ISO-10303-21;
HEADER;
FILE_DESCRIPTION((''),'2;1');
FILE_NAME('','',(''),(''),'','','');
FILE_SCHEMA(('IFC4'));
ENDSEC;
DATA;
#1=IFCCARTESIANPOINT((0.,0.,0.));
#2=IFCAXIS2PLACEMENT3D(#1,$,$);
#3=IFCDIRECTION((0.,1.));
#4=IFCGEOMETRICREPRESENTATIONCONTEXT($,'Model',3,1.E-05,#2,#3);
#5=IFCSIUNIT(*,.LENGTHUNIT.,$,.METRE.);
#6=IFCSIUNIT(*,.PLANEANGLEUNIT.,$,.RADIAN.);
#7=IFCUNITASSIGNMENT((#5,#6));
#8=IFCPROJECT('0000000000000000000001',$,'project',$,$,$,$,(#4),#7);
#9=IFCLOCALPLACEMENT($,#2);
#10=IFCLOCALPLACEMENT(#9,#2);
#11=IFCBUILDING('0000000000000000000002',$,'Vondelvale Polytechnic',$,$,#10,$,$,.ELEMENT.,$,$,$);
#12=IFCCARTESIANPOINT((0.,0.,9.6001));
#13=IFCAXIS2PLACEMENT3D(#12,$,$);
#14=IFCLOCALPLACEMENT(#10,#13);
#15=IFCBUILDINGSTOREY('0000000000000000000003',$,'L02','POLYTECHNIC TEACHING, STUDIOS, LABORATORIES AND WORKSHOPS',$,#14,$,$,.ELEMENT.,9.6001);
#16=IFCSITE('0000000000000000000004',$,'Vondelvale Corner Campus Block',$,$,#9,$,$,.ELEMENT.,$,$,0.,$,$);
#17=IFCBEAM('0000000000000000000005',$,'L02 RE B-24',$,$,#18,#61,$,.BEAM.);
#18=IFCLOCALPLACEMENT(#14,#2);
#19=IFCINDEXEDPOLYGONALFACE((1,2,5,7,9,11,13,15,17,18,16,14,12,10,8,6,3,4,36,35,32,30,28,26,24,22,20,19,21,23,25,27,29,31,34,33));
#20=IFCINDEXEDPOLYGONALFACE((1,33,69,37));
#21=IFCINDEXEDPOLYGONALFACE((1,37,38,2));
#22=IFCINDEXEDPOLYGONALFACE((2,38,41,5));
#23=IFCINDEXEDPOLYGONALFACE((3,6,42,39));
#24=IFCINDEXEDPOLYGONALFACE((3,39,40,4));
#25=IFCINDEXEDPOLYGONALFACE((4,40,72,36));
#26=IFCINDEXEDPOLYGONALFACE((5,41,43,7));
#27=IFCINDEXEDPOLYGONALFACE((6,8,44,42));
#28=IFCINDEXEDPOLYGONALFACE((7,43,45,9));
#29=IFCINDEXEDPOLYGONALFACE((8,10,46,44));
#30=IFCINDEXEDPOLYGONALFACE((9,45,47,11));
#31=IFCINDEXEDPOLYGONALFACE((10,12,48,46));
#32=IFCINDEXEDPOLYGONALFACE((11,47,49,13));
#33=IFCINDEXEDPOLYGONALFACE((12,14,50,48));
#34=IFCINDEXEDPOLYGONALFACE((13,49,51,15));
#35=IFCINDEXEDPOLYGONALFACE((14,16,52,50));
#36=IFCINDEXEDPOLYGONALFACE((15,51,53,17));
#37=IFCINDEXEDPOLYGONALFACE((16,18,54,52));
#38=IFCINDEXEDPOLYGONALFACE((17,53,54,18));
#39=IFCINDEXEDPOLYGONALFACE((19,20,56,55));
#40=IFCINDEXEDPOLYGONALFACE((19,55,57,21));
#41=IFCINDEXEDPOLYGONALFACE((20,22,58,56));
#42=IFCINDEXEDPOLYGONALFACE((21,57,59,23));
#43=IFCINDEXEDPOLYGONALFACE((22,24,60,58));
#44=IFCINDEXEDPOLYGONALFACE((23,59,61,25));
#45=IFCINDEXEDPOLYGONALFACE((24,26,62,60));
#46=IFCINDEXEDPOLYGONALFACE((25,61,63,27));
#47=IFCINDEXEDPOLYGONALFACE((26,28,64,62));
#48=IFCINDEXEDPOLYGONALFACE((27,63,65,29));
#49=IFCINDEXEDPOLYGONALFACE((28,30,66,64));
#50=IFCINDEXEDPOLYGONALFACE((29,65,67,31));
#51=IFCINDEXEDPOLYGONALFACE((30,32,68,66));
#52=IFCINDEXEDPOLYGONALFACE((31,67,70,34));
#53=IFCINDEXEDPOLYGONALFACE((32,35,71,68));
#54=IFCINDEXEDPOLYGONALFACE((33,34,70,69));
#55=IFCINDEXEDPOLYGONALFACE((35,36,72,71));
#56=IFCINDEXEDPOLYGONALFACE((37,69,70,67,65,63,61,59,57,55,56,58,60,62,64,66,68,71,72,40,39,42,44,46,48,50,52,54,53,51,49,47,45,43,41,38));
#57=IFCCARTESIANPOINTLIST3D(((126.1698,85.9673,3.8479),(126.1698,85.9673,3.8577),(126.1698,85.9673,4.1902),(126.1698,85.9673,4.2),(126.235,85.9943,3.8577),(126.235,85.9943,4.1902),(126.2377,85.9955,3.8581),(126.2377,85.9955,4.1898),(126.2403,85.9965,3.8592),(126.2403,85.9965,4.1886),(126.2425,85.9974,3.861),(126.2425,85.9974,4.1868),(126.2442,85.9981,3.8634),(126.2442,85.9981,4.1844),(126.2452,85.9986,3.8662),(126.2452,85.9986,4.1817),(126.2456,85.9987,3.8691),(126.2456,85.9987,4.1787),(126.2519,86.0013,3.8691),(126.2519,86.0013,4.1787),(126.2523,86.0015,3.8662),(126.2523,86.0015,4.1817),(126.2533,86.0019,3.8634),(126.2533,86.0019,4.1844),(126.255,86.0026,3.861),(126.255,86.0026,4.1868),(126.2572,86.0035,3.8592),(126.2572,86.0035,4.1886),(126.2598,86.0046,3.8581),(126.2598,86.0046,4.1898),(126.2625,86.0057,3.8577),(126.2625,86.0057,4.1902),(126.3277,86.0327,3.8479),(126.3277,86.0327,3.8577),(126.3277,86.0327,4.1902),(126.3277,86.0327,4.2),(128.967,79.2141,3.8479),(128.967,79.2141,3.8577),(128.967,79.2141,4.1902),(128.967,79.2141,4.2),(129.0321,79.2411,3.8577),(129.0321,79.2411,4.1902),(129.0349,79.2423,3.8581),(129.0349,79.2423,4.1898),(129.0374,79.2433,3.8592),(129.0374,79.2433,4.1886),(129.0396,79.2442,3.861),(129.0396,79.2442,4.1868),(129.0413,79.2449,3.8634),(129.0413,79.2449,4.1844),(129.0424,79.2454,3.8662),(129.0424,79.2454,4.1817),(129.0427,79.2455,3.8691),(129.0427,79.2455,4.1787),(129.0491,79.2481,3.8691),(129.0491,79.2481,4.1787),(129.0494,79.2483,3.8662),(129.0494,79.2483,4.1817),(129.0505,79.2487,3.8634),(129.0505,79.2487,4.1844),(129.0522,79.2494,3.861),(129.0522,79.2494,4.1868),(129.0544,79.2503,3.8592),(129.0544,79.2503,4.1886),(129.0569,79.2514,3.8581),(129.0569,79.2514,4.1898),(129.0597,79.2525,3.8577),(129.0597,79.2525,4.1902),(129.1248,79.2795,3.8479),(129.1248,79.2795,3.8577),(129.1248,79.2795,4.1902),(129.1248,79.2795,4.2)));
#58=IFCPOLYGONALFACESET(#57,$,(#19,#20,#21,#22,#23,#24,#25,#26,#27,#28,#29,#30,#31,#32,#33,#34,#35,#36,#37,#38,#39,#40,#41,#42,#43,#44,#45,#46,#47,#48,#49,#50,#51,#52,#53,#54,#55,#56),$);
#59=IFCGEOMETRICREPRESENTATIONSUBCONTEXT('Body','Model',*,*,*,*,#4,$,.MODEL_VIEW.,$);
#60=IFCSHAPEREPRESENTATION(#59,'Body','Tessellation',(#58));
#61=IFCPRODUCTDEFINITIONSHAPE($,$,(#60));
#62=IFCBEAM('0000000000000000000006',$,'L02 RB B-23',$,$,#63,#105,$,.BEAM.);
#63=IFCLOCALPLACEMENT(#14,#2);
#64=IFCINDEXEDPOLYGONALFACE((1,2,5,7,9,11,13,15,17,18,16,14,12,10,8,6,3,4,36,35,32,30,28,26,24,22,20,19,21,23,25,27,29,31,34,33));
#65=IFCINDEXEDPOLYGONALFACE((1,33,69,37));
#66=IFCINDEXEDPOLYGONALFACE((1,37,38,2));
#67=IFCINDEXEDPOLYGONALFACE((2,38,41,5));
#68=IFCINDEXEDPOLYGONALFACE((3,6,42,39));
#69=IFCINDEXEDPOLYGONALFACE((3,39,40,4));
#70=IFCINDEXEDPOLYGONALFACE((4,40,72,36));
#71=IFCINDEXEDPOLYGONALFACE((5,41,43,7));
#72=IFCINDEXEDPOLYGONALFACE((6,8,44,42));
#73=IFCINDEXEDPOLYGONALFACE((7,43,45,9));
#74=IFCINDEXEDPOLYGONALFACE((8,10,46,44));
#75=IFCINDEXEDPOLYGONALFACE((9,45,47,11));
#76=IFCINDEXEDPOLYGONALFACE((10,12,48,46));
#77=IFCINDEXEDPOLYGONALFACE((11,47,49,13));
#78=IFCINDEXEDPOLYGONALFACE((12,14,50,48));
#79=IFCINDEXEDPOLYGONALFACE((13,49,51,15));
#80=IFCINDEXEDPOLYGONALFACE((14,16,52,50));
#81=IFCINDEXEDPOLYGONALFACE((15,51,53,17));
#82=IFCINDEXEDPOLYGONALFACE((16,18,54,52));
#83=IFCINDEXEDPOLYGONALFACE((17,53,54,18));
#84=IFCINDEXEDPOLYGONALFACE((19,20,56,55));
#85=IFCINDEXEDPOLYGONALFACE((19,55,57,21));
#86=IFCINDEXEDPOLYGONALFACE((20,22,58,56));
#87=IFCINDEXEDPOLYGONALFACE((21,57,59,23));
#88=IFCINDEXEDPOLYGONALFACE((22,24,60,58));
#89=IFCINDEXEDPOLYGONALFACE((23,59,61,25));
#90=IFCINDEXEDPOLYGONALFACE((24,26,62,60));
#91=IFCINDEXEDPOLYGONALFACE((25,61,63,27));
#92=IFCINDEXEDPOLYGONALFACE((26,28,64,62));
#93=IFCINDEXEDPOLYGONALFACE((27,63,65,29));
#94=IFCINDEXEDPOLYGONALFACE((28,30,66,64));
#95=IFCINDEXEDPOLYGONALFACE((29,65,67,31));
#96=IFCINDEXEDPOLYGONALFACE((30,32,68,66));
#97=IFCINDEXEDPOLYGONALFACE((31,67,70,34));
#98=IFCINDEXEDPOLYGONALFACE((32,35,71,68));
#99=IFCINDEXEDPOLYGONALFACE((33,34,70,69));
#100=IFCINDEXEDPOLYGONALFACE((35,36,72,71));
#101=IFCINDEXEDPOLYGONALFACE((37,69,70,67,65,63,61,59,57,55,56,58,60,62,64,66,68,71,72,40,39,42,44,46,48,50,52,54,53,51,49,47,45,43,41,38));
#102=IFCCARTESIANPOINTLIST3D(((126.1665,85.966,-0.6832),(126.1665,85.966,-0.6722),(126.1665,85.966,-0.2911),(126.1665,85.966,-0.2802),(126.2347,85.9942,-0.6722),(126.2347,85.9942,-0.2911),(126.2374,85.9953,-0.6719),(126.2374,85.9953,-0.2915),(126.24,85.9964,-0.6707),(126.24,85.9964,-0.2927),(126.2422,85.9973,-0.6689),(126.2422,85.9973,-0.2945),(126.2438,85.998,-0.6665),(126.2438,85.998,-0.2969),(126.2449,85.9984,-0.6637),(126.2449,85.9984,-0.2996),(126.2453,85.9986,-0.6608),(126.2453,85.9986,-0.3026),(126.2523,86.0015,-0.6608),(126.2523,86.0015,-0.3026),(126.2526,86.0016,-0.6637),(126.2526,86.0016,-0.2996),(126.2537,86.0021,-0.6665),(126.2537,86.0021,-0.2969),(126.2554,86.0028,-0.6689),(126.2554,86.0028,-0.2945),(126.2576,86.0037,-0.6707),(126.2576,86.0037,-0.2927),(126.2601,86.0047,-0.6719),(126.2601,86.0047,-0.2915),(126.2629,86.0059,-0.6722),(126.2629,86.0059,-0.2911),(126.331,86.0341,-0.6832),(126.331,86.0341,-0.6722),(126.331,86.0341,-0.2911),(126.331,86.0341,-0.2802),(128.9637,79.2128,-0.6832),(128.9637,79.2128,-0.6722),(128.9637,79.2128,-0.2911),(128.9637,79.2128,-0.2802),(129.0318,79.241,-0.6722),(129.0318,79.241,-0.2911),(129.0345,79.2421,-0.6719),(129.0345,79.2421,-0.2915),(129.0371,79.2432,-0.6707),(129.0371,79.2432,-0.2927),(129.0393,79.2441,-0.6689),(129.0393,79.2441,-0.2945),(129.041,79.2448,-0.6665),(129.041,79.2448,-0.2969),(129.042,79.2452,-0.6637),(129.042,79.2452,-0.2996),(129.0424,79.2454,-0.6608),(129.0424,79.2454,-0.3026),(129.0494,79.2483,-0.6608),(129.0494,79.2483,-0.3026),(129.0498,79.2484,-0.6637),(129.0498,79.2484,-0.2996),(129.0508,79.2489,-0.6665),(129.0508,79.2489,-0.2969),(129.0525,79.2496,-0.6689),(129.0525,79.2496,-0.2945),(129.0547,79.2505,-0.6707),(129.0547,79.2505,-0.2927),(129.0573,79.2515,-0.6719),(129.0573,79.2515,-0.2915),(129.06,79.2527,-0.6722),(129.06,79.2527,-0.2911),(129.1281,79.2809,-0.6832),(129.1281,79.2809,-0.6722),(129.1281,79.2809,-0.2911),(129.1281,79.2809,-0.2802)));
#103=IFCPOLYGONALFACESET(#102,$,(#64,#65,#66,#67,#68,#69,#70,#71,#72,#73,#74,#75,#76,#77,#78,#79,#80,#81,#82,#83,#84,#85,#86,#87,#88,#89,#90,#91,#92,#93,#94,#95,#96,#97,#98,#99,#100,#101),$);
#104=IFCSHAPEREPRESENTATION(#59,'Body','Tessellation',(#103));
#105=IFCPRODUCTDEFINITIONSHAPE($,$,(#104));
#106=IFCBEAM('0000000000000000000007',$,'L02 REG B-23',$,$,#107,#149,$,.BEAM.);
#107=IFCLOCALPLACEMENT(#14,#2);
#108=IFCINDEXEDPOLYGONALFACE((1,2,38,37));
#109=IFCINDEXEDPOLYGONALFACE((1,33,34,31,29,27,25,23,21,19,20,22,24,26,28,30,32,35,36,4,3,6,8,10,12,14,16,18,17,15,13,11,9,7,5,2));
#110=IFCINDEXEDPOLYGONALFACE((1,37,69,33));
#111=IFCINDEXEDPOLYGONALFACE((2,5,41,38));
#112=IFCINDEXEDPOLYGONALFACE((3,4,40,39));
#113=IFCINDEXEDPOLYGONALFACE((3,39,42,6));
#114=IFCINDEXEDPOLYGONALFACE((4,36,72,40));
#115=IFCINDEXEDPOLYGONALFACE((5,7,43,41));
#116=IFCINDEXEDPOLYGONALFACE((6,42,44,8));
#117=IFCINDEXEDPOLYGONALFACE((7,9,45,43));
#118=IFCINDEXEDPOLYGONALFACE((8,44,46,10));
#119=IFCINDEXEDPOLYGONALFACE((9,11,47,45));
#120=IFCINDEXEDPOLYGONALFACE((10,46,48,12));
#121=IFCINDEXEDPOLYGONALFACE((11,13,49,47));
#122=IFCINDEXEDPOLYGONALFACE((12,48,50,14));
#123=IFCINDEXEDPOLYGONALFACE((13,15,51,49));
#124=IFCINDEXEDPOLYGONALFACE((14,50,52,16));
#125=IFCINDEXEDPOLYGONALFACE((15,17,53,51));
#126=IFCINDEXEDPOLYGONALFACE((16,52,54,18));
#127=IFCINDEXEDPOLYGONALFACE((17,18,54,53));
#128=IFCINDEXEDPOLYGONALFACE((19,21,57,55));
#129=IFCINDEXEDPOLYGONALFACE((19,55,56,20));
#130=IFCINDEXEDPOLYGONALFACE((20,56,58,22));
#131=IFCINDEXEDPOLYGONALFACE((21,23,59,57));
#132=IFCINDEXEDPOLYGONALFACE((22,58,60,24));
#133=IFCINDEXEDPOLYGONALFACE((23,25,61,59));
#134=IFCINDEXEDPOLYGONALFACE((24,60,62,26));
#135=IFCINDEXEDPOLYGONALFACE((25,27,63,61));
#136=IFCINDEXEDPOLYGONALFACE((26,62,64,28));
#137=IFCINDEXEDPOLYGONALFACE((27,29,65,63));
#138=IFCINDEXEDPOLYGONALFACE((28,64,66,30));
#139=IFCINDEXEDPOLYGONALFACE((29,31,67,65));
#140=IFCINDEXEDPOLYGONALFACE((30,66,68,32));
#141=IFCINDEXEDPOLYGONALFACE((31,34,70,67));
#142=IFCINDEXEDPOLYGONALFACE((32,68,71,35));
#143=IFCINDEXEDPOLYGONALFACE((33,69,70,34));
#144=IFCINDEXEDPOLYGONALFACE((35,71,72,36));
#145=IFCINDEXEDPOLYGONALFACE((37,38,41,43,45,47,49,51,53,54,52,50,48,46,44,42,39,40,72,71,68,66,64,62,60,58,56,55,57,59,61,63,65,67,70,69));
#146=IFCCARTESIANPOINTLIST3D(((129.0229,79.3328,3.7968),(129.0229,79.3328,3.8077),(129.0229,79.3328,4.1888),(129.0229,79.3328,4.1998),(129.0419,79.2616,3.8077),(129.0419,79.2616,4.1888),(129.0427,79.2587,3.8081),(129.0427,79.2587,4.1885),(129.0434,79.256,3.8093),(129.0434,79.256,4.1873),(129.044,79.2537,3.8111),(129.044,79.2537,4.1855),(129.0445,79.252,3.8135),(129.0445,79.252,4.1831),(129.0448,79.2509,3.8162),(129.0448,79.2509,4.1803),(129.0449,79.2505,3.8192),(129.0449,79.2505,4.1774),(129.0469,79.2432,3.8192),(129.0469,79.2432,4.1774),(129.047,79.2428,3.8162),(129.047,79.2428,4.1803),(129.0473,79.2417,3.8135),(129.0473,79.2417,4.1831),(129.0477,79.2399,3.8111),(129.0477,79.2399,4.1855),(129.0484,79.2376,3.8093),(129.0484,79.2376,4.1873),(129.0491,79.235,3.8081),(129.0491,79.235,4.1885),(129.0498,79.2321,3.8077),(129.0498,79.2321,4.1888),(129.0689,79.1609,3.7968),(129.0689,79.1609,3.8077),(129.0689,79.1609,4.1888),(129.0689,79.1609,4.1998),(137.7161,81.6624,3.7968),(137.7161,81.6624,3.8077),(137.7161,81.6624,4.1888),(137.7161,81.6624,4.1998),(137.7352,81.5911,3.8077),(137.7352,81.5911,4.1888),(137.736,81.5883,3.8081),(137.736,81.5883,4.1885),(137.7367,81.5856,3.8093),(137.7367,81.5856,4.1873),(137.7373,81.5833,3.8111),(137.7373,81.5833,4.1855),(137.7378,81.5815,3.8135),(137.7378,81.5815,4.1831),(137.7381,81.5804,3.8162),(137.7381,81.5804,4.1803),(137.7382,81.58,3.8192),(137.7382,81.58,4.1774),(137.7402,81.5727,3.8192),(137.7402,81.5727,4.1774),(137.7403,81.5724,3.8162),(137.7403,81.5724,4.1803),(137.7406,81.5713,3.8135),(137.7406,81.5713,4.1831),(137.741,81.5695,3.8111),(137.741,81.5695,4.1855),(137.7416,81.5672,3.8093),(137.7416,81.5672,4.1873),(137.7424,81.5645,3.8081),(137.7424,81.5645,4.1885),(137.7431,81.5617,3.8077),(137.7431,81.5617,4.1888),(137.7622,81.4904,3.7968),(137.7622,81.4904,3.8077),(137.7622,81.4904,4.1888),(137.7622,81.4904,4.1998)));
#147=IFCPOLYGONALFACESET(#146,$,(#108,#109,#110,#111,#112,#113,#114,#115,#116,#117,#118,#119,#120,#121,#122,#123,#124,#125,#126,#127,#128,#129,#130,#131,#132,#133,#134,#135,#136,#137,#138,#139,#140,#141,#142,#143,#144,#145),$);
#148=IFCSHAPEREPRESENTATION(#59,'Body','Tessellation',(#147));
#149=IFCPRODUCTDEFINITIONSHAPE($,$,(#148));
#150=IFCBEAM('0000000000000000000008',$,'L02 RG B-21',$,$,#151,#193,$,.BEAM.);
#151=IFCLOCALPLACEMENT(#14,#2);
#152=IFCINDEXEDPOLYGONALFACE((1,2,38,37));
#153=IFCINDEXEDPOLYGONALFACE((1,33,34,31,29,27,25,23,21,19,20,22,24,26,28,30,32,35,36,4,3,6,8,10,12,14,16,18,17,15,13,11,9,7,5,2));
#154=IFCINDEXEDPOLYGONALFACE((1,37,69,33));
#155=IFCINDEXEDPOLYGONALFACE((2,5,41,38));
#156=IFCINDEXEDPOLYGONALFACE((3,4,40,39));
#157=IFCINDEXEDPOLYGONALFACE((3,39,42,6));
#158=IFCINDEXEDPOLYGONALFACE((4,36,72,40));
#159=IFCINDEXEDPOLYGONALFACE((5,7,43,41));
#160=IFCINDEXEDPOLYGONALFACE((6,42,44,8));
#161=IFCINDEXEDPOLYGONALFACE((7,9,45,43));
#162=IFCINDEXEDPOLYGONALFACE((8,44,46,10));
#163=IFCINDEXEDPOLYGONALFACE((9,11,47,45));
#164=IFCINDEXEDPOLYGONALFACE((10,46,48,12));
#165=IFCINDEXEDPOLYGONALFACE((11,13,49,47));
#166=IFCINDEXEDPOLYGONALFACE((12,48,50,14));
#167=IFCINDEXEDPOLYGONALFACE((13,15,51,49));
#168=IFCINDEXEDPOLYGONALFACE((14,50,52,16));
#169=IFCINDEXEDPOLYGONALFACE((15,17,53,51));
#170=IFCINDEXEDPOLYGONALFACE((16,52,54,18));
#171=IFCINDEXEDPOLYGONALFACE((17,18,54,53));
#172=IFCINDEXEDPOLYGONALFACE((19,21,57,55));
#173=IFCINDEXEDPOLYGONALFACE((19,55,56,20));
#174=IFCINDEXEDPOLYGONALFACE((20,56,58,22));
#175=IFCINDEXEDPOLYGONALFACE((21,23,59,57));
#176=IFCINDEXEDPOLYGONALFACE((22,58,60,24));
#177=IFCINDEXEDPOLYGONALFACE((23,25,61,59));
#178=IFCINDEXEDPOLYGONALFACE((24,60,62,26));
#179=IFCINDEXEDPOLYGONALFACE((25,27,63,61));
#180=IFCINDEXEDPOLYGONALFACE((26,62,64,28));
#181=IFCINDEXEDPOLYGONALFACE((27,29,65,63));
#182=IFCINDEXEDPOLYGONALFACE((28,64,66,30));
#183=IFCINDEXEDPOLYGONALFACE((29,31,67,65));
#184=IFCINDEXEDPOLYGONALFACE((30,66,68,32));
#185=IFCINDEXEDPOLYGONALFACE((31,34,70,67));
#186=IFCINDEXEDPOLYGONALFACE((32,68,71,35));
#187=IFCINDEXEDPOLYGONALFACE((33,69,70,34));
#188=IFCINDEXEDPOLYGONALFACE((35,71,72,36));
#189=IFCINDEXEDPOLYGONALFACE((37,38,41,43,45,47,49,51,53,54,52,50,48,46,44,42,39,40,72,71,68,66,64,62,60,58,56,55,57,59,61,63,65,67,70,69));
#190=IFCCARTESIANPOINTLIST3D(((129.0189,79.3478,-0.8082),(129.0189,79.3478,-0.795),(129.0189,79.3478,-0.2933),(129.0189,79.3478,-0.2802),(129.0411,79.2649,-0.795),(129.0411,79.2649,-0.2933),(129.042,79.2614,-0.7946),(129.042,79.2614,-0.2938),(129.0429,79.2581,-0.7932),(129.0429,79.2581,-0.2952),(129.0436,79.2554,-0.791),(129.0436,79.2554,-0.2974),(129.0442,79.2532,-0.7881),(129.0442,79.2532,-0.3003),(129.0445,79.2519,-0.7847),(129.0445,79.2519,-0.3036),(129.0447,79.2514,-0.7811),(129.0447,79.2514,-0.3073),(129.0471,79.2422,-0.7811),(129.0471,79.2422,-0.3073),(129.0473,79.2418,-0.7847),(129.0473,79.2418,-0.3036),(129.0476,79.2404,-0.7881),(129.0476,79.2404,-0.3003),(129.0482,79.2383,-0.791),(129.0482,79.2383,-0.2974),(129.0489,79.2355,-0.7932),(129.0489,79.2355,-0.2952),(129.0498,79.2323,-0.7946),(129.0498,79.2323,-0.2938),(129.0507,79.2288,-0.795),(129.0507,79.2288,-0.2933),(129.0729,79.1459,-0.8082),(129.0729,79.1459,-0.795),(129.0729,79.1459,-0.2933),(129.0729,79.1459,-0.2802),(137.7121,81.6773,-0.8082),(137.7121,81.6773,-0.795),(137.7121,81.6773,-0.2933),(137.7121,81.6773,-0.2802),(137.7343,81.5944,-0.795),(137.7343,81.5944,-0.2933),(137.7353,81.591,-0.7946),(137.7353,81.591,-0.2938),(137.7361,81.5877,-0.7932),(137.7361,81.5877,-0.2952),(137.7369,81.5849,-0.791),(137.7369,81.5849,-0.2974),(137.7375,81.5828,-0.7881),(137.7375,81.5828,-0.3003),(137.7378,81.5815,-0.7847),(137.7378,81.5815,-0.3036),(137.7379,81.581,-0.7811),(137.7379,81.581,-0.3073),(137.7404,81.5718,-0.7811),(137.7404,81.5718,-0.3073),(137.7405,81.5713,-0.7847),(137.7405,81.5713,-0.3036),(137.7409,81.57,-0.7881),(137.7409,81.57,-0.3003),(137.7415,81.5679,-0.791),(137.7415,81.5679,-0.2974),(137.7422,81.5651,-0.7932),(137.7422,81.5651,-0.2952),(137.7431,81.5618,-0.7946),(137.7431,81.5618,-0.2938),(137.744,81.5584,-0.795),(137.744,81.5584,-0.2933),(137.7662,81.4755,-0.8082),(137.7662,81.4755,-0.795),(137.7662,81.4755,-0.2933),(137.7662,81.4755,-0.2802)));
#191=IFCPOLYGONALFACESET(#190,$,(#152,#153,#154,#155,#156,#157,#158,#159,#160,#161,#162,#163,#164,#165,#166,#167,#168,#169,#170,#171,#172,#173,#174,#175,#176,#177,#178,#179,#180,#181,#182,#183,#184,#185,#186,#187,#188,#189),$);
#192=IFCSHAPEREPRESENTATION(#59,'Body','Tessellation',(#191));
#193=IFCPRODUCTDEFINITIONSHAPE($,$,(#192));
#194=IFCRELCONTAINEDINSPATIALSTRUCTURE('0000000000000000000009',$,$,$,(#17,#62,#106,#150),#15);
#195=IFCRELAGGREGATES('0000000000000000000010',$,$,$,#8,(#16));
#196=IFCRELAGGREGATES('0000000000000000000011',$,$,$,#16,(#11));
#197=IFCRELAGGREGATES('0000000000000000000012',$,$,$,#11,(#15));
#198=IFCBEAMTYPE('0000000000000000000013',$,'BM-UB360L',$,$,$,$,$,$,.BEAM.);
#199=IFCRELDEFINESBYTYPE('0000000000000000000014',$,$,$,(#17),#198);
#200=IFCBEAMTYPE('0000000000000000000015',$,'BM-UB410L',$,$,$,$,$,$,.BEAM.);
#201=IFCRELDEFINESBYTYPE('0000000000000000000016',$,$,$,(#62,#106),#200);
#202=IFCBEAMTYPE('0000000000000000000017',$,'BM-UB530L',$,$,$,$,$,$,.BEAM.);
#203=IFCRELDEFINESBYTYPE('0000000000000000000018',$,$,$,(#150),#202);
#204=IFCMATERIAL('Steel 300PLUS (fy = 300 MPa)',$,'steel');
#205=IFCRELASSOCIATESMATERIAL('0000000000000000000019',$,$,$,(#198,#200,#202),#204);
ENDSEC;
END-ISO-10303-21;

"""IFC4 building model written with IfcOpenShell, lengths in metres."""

from ifc_helpers import new_model, si_unit, direction, frame, origin, origin_2d, place, context, subcontext, project, spatial, i_section, extrude, material, material_profile, profile_set, type_object, element, save


model = new_model("IFC4")

# Units and contexts
model_context = context("Model", 3, precision=1e-05, world=origin(), true_north=direction((0.0, 1.0)))
body_context = subcontext(model_context, "Body", "Model", "MODEL_VIEW")
ifc_project = project(units=[si_unit("LENGTHUNIT", "METRE"), si_unit("PLANEANGLEUNIT", "RADIAN")], contexts=[model_context])

# Site, building, storey
site_placement = place(None, origin())
site = spatial("IfcSite", under=ifc_project, at=site_placement, Name="Vondelvale Corner Campus Block", CompositionType="ELEMENT", RefElevation=0.0)
building_placement = place(site_placement, origin())
building = spatial("IfcBuilding", under=site, at=building_placement, Name="Vondelvale Polytechnic", CompositionType="ELEMENT")
storey_placement = place(building_placement, frame((0.0, 0.0, 9.6001)))
storey = spatial("IfcBuildingStorey", under=building, at=storey_placement, Name="L02", Description="POLYTECHNIC TEACHING, STUDIOS, LABORATORIES AND WORKSHOPS", CompositionType="ELEMENT", Elevation=9.6001)

# Beams
ifc_material_1 = material(Name="Steel 300PLUS (fy = 300 MPa)", Category="steel")
ifc_material_profile_1 = material_profile(ifc_material_1, i_section(OverallWidth=0.1709, OverallDepth=0.3521, WebThickness=0.0068, FlangeThickness=0.0098, FilletRadius=0.0115, at=origin_2d()), Name="360UB44.7")
ifc_profile_set_1 = profile_set([ifc_material_profile_1], Name="Steel 300PLUS (fy = 300 MPa)")
beam_type_1 = type_object("IfcBeamType", Name="BM-UB360L", PredefinedType="BEAM", material=ifc_profile_set_1)
beam_1_placement = place(storey_placement, frame((129.0459, 79.2468, 4.0239), z_axis=(-0.382667, 0.923886, 0.0), x_axis=(-0.923886, -0.382667, 0.0)))
element("IfcBeam", 1, at=beam_1_placement, inside=storey, type_object=beam_type_1, Name="L02 RE B-24", PredefinedType="BEAM", context=body_context, shape_type="SweptSolid", body=[
    extrude(i_section(OverallWidth=0.1709, OverallDepth=0.3521, WebThickness=0.0068, FlangeThickness=0.0098, FilletRadius=0.0115, at=origin_2d()), origin(), (0.0, 0.0, 1.0), 7.3096),
])
ifc_material_profile_2 = material_profile(ifc_material_1, i_section(OverallWidth=0.178, OverallDepth=0.4031, WebThickness=0.0076, FlangeThickness=0.011, FilletRadius=0.0115, at=origin_2d()), Name="410UB53.7")
ifc_profile_set_2 = profile_set([ifc_material_profile_2], Name="Steel 300PLUS (fy = 300 MPa)")
beam_type_2 = type_object("IfcBeamType", Name="BM-UB410L", PredefinedType="BEAM", material=ifc_profile_set_2)
beam_2_placement = place(storey_placement, frame((129.0459, 79.2468, -0.4817), z_axis=(-0.382667, 0.923886, 0.0), x_axis=(-0.923886, -0.382667, 0.0)))
element("IfcBeam", 2, at=beam_2_placement, inside=storey, type_object=beam_type_2, Name="L02 RB B-23", PredefinedType="BEAM", context=body_context, shape_type="SweptSolid", body=[
    extrude(i_section(OverallWidth=0.178, OverallDepth=0.4031, WebThickness=0.0076, FlangeThickness=0.011, FilletRadius=0.0115, at=origin_2d()), origin(), (0.0, 0.0, 1.0), 7.3096),
])
beam_3_placement = place(storey_placement, frame((129.0459, 79.2468, 3.9983), z_axis=(0.96592, 0.258841, 0.0), x_axis=(-0.258841, 0.96592, 0.0)))
element("IfcBeam", 3, at=beam_3_placement, inside=storey, type_object=beam_type_2, Name="L02 REG B-23", PredefinedType="BEAM", context=body_context, shape_type="SweptSolid", body=[
    extrude(i_section(OverallWidth=0.178, OverallDepth=0.4031, WebThickness=0.0076, FlangeThickness=0.011, FilletRadius=0.0115, at=origin_2d()), origin(), (0.0, 0.0, 1.0), 9.0),
])
ifc_material_profile_3 = material_profile(ifc_material_1, i_section(OverallWidth=0.209, OverallDepth=0.5281, WebThickness=0.0095, FlangeThickness=0.0132, FilletRadius=0.0139, at=origin_2d()), Name="530UB82.0")
ifc_profile_set_3 = profile_set([ifc_material_profile_3], Name="Steel 300PLUS (fy = 300 MPa)")
beam_type_3 = type_object("IfcBeamType", Name="BM-UB530L", PredefinedType="BEAM", material=ifc_profile_set_3)
beam_4_placement = place(storey_placement, frame((129.0459, 79.2468, -0.5442), z_axis=(0.96592, 0.258841, 0.0), x_axis=(-0.258841, 0.96592, 0.0)))
element("IfcBeam", 4, at=beam_4_placement, inside=storey, type_object=beam_type_3, Name="L02 RG B-21", PredefinedType="BEAM", context=body_context, shape_type="SweptSolid", body=[
    extrude(i_section(OverallWidth=0.209, OverallDepth=0.5281, WebThickness=0.0095, FlangeThickness=0.0132, FilletRadius=0.0139, at=origin_2d()), origin(), (0.0, 0.0, 1.0), 9.0),
])

save(model, "model.ifc")
